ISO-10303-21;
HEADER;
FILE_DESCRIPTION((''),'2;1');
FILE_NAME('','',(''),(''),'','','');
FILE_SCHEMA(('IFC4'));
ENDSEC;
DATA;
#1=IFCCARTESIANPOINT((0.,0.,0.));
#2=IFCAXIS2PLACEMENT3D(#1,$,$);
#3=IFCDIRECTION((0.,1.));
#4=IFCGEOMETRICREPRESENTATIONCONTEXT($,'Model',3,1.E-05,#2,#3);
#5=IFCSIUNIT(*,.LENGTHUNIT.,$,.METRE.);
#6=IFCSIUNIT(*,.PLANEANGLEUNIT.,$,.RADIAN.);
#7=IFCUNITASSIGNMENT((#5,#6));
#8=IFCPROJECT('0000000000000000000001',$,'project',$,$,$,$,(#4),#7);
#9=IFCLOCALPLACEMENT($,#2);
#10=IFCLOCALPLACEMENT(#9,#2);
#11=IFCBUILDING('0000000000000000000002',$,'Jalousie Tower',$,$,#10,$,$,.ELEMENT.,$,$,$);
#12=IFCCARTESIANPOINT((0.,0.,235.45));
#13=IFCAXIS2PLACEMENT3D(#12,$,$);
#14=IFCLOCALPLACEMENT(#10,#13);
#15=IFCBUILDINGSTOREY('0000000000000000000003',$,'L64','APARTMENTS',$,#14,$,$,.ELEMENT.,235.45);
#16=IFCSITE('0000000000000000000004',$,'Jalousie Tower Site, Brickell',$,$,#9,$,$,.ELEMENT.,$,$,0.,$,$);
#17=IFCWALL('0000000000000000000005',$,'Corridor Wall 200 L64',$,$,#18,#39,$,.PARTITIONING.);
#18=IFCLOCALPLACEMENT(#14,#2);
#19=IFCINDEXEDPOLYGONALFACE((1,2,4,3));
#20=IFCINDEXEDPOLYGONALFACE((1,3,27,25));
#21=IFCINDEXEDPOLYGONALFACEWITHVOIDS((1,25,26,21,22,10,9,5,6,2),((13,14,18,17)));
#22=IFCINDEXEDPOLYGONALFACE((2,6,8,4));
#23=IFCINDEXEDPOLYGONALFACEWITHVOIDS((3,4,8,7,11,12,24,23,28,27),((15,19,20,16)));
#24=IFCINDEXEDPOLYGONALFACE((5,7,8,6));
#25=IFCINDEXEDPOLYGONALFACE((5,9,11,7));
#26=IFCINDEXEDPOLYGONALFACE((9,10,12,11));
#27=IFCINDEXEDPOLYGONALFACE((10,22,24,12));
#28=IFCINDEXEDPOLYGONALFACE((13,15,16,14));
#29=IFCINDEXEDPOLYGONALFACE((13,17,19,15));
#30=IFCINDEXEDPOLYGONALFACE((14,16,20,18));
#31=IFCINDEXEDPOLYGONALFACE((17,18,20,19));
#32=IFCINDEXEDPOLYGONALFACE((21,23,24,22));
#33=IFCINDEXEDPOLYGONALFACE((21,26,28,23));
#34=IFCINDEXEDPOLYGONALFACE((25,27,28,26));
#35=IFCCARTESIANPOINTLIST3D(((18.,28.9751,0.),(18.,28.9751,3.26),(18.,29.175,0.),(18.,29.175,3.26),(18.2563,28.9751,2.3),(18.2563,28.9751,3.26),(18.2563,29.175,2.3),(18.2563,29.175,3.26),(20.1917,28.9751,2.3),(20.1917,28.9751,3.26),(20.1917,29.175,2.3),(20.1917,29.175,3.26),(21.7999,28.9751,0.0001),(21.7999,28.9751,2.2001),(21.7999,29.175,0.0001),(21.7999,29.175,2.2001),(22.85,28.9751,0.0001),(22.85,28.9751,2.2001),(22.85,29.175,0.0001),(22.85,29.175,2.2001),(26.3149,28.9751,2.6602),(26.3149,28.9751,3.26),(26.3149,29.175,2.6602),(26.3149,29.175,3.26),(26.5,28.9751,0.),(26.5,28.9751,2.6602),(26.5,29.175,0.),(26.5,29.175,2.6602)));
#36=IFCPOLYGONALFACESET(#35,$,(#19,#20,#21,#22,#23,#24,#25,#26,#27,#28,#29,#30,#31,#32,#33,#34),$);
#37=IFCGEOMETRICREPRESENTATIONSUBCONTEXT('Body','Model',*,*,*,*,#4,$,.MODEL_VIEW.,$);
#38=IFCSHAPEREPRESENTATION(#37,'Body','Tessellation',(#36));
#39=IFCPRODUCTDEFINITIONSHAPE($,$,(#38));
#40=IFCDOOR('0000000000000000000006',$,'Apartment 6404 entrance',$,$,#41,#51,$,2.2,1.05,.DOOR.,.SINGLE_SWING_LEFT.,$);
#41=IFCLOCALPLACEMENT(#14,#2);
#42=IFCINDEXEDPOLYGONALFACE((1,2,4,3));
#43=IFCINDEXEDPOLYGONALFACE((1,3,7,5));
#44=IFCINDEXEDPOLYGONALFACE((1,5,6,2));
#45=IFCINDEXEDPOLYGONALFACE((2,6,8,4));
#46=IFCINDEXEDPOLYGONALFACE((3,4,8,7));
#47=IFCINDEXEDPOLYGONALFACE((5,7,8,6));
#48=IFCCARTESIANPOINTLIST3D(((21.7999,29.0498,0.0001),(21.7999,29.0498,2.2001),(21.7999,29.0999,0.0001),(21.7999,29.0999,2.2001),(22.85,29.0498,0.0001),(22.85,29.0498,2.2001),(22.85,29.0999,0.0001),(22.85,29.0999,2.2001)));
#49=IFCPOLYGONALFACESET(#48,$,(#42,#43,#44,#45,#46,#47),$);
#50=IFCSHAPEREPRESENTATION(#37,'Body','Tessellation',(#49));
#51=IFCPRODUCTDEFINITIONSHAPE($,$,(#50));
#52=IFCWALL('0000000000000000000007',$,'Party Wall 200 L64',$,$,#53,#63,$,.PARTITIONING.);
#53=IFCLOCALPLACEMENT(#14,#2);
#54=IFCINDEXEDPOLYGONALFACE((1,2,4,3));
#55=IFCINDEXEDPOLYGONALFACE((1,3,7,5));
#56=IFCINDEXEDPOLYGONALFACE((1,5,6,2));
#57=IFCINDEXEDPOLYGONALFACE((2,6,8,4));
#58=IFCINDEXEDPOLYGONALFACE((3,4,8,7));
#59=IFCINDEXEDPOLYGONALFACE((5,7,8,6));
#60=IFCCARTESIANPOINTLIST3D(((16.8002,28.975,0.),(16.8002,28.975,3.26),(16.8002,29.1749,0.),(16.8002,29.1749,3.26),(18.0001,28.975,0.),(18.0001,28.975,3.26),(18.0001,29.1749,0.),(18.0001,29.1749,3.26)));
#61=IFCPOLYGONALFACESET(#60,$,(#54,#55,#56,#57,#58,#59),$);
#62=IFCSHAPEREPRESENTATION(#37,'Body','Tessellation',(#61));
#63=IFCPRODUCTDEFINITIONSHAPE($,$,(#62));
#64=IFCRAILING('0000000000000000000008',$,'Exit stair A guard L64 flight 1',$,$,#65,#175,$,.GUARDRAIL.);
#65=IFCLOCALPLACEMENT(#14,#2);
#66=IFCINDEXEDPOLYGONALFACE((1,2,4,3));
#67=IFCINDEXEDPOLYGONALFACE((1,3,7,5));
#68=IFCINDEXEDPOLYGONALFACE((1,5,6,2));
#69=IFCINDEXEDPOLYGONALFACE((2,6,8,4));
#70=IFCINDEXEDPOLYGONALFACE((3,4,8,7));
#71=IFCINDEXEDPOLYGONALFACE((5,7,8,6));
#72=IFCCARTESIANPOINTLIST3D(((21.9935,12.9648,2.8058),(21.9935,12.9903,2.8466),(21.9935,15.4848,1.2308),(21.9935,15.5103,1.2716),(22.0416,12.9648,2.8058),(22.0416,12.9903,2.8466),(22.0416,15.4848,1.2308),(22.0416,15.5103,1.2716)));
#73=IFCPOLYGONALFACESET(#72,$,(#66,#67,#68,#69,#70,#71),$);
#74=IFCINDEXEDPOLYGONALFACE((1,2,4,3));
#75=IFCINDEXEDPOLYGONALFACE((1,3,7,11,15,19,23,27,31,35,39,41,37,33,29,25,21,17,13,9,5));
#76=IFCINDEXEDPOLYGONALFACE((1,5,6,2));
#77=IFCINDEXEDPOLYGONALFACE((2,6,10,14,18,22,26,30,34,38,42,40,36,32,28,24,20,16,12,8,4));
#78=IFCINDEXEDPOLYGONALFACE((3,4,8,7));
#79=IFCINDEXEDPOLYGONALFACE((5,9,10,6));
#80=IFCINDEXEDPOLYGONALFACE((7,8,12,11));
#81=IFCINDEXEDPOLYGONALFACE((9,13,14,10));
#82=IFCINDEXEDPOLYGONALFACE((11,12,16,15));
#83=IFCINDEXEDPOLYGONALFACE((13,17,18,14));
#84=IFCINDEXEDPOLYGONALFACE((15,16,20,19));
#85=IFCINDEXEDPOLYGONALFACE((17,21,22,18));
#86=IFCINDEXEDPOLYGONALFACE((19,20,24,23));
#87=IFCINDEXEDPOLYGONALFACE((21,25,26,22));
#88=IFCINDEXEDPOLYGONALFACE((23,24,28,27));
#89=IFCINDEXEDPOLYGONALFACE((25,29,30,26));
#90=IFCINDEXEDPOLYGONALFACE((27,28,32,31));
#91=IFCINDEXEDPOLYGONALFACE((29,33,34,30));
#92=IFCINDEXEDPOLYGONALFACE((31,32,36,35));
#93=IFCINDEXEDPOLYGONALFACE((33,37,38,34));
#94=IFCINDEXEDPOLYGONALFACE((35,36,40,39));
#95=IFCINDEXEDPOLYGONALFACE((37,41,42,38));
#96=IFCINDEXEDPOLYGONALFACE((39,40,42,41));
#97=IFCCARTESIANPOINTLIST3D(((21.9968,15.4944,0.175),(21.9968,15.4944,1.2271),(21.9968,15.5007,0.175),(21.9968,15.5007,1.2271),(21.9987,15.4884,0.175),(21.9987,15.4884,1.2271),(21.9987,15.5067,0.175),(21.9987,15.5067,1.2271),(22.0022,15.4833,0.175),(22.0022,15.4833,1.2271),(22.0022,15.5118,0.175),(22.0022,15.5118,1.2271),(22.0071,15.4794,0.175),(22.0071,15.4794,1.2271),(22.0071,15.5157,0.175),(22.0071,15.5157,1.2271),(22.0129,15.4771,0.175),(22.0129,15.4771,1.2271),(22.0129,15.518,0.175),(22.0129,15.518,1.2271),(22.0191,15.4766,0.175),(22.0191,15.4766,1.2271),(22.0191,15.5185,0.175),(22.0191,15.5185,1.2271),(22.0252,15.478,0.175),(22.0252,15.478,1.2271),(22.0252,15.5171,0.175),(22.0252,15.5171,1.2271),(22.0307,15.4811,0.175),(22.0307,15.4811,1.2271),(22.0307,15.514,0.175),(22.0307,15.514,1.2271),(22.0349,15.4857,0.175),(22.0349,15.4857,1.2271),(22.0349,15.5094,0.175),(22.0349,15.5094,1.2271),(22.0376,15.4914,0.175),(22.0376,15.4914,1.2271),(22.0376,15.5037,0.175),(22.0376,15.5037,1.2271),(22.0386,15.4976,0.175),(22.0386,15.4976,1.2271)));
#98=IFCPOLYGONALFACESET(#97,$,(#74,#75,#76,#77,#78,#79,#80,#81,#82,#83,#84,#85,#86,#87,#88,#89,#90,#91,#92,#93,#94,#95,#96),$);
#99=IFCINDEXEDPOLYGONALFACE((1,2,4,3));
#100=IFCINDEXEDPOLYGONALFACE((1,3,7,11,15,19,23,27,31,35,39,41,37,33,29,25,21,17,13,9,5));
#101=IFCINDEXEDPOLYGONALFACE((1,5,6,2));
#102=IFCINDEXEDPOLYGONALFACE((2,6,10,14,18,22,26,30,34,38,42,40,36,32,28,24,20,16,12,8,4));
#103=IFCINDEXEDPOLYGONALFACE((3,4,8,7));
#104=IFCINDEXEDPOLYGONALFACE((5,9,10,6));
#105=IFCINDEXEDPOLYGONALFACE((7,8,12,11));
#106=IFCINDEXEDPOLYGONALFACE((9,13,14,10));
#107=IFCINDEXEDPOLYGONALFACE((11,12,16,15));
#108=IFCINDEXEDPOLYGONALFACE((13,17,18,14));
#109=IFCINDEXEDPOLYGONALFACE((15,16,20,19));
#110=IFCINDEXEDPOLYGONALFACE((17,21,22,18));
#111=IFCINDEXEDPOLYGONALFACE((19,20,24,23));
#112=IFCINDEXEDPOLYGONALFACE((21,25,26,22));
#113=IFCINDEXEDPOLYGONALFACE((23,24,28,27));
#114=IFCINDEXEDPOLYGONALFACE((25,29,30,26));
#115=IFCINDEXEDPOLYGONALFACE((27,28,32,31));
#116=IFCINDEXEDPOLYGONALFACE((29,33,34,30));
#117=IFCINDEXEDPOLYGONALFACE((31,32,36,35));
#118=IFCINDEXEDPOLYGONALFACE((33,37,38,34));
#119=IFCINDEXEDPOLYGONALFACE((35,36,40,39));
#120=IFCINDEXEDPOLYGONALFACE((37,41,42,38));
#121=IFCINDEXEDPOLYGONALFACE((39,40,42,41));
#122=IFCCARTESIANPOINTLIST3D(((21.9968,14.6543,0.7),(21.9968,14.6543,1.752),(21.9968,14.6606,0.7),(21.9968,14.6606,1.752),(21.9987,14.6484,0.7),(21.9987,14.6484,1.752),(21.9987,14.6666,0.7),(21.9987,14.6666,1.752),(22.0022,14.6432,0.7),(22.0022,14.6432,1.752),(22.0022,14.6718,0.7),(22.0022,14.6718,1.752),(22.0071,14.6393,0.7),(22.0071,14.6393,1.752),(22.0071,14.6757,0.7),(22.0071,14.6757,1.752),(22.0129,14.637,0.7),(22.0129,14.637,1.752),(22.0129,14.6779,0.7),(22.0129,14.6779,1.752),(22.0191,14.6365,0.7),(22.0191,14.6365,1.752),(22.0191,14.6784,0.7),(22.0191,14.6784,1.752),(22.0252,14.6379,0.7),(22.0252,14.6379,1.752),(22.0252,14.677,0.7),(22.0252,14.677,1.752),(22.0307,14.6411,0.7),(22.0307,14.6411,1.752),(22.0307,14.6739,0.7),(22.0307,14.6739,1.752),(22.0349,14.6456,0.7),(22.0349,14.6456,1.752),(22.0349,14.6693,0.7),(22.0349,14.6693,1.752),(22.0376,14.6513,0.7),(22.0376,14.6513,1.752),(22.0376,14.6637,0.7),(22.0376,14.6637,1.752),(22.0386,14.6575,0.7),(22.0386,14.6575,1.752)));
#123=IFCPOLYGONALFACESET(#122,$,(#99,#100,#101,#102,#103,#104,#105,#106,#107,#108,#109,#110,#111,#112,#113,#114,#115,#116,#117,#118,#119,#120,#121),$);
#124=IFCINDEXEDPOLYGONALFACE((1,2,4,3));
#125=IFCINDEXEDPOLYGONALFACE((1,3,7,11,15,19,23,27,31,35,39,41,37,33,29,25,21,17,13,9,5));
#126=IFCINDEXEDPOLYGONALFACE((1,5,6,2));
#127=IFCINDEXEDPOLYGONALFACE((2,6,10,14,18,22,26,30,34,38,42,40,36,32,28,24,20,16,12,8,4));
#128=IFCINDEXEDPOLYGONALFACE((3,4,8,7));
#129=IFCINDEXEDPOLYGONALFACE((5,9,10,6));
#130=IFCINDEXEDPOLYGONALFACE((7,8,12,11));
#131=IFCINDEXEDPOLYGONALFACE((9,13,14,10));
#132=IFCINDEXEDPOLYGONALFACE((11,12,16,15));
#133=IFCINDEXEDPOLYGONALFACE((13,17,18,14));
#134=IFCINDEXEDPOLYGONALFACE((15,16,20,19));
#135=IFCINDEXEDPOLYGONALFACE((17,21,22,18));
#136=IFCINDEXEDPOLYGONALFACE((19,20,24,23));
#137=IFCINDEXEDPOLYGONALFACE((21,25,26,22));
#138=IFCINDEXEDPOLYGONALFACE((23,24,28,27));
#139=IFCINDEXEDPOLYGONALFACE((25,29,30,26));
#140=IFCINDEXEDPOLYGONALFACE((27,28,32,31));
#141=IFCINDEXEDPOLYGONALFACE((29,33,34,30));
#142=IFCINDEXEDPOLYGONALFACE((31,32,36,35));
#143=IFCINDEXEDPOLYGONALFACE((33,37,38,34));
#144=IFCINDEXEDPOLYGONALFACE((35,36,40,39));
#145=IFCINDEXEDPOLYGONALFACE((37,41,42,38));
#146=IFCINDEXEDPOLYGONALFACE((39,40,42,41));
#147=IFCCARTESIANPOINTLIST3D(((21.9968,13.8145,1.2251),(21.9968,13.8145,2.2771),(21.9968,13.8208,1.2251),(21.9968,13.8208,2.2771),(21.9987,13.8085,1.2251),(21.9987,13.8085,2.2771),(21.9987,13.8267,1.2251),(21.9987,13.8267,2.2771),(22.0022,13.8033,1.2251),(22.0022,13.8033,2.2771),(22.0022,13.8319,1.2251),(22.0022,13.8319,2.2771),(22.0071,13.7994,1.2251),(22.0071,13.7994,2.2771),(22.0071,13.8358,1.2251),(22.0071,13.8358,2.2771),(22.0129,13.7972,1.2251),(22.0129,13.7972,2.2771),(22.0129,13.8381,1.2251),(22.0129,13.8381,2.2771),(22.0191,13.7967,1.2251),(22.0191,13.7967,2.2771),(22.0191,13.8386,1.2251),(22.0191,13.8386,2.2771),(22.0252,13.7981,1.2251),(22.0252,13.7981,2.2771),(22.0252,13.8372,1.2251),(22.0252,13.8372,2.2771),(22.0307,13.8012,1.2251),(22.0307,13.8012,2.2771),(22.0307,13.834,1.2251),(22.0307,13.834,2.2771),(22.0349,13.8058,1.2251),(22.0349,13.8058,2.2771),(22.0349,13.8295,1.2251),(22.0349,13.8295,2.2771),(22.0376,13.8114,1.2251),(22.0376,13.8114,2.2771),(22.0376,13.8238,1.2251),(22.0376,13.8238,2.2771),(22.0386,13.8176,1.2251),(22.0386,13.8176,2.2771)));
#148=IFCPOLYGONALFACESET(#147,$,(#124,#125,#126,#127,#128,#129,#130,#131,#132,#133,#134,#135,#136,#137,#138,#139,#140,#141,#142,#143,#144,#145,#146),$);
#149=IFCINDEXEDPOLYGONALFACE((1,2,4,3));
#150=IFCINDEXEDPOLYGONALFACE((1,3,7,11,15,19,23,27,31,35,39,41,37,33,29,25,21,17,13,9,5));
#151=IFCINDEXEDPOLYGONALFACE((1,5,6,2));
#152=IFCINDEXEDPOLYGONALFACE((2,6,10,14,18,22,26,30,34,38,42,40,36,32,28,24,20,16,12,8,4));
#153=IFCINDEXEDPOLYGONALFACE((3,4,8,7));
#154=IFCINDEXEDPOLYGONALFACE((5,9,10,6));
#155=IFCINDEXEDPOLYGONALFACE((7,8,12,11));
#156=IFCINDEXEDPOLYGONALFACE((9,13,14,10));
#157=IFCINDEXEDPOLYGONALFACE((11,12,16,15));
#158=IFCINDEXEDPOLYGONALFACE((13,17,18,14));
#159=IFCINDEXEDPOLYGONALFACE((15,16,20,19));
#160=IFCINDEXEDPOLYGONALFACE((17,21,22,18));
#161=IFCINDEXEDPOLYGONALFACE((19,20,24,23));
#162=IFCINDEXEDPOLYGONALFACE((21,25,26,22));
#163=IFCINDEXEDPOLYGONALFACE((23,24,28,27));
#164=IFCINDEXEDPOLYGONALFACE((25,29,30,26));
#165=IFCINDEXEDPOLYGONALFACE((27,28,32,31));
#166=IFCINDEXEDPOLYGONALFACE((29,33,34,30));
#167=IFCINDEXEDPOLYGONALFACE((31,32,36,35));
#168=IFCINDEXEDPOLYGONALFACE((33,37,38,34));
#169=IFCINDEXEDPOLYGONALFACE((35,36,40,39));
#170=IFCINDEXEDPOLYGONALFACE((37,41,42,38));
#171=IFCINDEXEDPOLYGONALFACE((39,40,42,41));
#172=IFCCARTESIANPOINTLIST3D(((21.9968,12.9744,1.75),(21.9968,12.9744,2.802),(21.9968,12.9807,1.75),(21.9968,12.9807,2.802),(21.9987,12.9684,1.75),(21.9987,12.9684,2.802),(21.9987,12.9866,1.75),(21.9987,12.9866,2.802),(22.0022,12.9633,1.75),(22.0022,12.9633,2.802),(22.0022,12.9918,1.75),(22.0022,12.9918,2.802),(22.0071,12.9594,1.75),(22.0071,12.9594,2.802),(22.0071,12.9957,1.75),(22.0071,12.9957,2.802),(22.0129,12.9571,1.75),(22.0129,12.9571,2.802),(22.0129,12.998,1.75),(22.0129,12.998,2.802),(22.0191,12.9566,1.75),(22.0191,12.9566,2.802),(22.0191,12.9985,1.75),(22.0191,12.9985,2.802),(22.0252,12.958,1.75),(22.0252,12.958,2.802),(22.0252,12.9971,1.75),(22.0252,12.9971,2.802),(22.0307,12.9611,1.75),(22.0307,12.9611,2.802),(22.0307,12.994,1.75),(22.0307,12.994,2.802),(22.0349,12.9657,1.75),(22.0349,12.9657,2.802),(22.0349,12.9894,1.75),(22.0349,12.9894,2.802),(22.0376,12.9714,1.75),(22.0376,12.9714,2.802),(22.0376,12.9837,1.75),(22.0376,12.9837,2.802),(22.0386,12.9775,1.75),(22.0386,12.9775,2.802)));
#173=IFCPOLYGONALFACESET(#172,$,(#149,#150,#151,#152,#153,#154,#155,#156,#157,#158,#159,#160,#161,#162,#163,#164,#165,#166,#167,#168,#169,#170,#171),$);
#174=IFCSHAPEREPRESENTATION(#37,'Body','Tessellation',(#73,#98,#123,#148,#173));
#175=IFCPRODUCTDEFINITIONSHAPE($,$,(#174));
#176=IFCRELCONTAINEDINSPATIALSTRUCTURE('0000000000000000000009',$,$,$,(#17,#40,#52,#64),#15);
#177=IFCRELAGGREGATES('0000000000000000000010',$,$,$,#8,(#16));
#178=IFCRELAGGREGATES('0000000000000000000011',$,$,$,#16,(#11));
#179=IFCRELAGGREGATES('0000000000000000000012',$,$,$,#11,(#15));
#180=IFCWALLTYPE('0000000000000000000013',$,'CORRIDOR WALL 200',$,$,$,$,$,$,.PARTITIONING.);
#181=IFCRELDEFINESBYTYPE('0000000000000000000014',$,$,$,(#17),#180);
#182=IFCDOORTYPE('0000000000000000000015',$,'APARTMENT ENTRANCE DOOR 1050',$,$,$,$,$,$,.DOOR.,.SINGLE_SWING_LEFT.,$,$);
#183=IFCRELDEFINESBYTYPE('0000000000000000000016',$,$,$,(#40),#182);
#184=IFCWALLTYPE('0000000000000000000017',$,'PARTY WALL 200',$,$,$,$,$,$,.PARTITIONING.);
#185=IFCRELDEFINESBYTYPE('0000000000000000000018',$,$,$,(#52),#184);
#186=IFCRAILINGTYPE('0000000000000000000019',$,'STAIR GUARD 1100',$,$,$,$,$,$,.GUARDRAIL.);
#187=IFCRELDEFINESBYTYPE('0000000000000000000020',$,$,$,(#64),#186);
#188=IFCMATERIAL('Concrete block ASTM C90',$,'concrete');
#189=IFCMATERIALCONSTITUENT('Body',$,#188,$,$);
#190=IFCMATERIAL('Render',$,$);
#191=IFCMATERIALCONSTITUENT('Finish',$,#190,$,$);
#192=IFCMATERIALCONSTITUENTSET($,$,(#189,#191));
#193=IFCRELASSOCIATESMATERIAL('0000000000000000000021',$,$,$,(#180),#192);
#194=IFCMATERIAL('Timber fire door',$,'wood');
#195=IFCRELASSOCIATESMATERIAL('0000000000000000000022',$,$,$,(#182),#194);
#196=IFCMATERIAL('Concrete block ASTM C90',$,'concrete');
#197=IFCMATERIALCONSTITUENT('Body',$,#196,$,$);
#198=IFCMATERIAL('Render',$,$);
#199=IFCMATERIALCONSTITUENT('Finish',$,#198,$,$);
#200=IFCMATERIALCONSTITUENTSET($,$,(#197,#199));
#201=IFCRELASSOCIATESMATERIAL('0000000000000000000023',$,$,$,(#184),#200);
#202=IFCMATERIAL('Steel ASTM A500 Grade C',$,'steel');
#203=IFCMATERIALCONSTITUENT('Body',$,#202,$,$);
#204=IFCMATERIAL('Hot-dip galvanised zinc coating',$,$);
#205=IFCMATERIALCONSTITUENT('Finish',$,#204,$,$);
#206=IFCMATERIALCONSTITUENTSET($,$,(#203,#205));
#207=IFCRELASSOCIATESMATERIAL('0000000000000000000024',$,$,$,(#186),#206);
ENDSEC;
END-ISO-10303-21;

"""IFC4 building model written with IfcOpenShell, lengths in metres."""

from ifc_helpers import new_model, si_unit, direction, frame, frame_2d, origin, origin_2d, place, context, subcontext, project, spatial, polyline, rectangle, circle, outline, extrude, material, constituent, constituent_set, type_object, element, fill, save


model = new_model("IFC4")

# Units and contexts
model_context = context("Model", 3, precision=1e-05, world=origin(), true_north=direction((0.0, 1.0)))
body_context = subcontext(model_context, "Body", "Model", "MODEL_VIEW")
ifc_project = project(units=[si_unit("LENGTHUNIT", "METRE"), si_unit("PLANEANGLEUNIT", "RADIAN")], contexts=[model_context])

# Site, building, storey
site_placement = place(None, origin())
site = spatial("IfcSite", under=ifc_project, at=site_placement, Name="Jalousie Tower Site, Brickell", CompositionType="ELEMENT", RefElevation=0.0)
building_placement = place(site_placement, origin())
building = spatial("IfcBuilding", under=site, at=building_placement, Name="Jalousie Tower", CompositionType="ELEMENT")
storey_placement = place(building_placement, frame((0.0, 0.0, 235.45)))
storey = spatial("IfcBuildingStorey", under=building, at=storey_placement, Name="L64", Description="APARTMENTS", CompositionType="ELEMENT", Elevation=235.45)

# Wall, opening, door
ifc_material_1 = material(Name="Concrete block ASTM C90", Category="concrete")
ifc_constituent_1 = constituent(ifc_material_1, Name="Body")
ifc_material_2 = material(Name="Render")
ifc_constituent_2 = constituent(ifc_material_2, Name="Finish")
ifc_constituent_set_1 = constituent_set(constituents=[ifc_constituent_1, ifc_constituent_2])
wall_type_1 = type_object("IfcWallType", Name="CORRIDOR WALL 200", PredefinedType="PARTITIONING", material=ifc_constituent_set_1)
wall_1_placement = place(storey_placement, frame((18.0, 29.075, 0.0), z_axis=(0.0, 0.0, 1.0), x_axis=(1.0, 0.0, 0.0)))
wall_1 = element("IfcWall", 1, at=wall_1_placement, inside=storey, type_object=wall_type_1, Name="Corridor Wall 200 L64", PredefinedType="PARTITIONING", context=body_context, shape_type="SweptSolid", body=[
    extrude(outline(polyline([(0.0, 0.0), (8.5, 0.0), (8.5, 3.26), (8.5, 2.6602), (8.3149, 2.6602), (8.3149, 3.26), (2.1917, 3.26), (2.1917, 2.3), (0.2563, 2.3), (0.2563, 3.26), (0.0, 3.26), (0.0, 0.0)])), frame((0.0, 0.1001, 0.0), z_axis=(0.0, -1.0, 0.0), x_axis=(1.0, 0.0, 0.0)), (0.0, 0.0, 1.0), 0.2),
])
opening_1_placement = place(wall_1_placement, frame((3.8, 0.0, 0.0)))
opening_1 = element("IfcOpeningElement", 2, at=opening_1_placement, cuts=wall_1, PredefinedType="OPENING", context=body_context, shape_type="SweptSolid", body=[
    extrude(rectangle(XDim=1.05, YDim=2.2, at=frame_2d((0.5249, 1.1001))), frame((0.0, 0.1099, 0.0), z_axis=(0.0, -1.0, 0.0), x_axis=(1.0, 0.0, 0.0)), (0.0, 0.0, 1.0), 0.22),
])
ifc_material_3 = material(Name="Timber fire door", Category="wood")
door_type_1 = type_object("IfcDoorType", Name="APARTMENT ENTRANCE DOOR 1050", OperationType="SINGLE_SWING_LEFT", PredefinedType="DOOR", material=ifc_material_3)
door_1_placement = place(opening_1_placement, origin())
door_1 = element("IfcDoor", 3, at=door_1_placement, inside=storey, type_object=door_type_1, Name="Apartment 6404 entrance", OperationType="SINGLE_SWING_LEFT", OverallHeight=2.2, OverallWidth=1.05, PredefinedType="DOOR", context=body_context, shape_type="SweptSolid", body=[
    extrude(rectangle(XDim=1.05, YDim=2.2, at=frame_2d((0.5249, 1.1001))), frame((0.0, 0.0249, 0.0), z_axis=(0.0, -1.0, 0.0), x_axis=(1.0, 0.0, 0.0)), (0.0, 0.0, 1.0), 0.05),
])
fill(opening_1, door_1)

# Wall
ifc_material_4 = material(Name="Concrete block ASTM C90", Category="concrete")
ifc_constituent_3 = constituent(ifc_material_4, Name="Body")
ifc_material_5 = material(Name="Render")
ifc_constituent_4 = constituent(ifc_material_5, Name="Finish")
ifc_constituent_set_2 = constituent_set(constituents=[ifc_constituent_3, ifc_constituent_4])
wall_type_2 = type_object("IfcWallType", Name="PARTY WALL 200", PredefinedType="PARTITIONING", material=ifc_constituent_set_2)
wall_2_placement = place(storey_placement, frame((16.8, 29.075, 0.0), z_axis=(0.0, 0.0, 1.0), x_axis=(1.0, 0.0, 0.0)))
element("IfcWall", 4, at=wall_2_placement, inside=storey, type_object=wall_type_2, Name="Party Wall 200 L64", PredefinedType="PARTITIONING", context=body_context, shape_type="SweptSolid", body=[
    extrude(rectangle(XDim=1.2, YDim=0.2, at=frame_2d((0.6001, 0.0))), origin(), (0.0, 0.0, 1.0), 3.26),
])

# Railing
ifc_material_6 = material(Name="Steel ASTM A500 Grade C", Category="steel")
ifc_constituent_5 = constituent(ifc_material_6, Name="Body")
ifc_material_7 = material(Name="Hot-dip galvanised zinc coating")
ifc_constituent_6 = constituent(ifc_material_7, Name="Finish")
ifc_constituent_set_3 = constituent_set(constituents=[ifc_constituent_5, ifc_constituent_6])
railing_type = type_object("IfcRailingType", Name="STAIR GUARD 1100", PredefinedType="GUARDRAIL", material=ifc_constituent_set_3)
railing_placement = place(storey_placement, frame((22.0176, 15.4976, 0.175)))
element("IfcRailing", 5, at=railing_placement, inside=storey, type_object=railing_type, Name="Exit stair A guard L64 flight 1", PredefinedType="GUARDRAIL", context=body_context, shape_type="SweptSolid", body=[
    extrude(rectangle(XDim=0.0481, YDim=0.0481, at=origin_2d()), frame((0.0, 0.0, 1.0762), z_axis=(0.0, -0.848008, 0.529984), x_axis=(1.0, 0.0, 0.0)), (0.0, 0.0, 1.0), 2.9717),
    extrude(circle(Radius=0.021, at=origin_2d()), origin(), (0.0, 0.0, 1.0), 1.052),
    extrude(circle(Radius=0.021, at=origin_2d()), frame((0.0, -0.8401, 0.5249)), (0.0, 0.0, 1.0), 1.052),
    extrude(circle(Radius=0.021, at=origin_2d()), frame((0.0, -1.6799, 1.05)), (0.0, 0.0, 1.0), 1.052),
    extrude(circle(Radius=0.021, at=origin_2d()), frame((0.0, -2.52, 1.575)), (0.0, 0.0, 1.0), 1.052),
])

save(model, "model.ifc")
